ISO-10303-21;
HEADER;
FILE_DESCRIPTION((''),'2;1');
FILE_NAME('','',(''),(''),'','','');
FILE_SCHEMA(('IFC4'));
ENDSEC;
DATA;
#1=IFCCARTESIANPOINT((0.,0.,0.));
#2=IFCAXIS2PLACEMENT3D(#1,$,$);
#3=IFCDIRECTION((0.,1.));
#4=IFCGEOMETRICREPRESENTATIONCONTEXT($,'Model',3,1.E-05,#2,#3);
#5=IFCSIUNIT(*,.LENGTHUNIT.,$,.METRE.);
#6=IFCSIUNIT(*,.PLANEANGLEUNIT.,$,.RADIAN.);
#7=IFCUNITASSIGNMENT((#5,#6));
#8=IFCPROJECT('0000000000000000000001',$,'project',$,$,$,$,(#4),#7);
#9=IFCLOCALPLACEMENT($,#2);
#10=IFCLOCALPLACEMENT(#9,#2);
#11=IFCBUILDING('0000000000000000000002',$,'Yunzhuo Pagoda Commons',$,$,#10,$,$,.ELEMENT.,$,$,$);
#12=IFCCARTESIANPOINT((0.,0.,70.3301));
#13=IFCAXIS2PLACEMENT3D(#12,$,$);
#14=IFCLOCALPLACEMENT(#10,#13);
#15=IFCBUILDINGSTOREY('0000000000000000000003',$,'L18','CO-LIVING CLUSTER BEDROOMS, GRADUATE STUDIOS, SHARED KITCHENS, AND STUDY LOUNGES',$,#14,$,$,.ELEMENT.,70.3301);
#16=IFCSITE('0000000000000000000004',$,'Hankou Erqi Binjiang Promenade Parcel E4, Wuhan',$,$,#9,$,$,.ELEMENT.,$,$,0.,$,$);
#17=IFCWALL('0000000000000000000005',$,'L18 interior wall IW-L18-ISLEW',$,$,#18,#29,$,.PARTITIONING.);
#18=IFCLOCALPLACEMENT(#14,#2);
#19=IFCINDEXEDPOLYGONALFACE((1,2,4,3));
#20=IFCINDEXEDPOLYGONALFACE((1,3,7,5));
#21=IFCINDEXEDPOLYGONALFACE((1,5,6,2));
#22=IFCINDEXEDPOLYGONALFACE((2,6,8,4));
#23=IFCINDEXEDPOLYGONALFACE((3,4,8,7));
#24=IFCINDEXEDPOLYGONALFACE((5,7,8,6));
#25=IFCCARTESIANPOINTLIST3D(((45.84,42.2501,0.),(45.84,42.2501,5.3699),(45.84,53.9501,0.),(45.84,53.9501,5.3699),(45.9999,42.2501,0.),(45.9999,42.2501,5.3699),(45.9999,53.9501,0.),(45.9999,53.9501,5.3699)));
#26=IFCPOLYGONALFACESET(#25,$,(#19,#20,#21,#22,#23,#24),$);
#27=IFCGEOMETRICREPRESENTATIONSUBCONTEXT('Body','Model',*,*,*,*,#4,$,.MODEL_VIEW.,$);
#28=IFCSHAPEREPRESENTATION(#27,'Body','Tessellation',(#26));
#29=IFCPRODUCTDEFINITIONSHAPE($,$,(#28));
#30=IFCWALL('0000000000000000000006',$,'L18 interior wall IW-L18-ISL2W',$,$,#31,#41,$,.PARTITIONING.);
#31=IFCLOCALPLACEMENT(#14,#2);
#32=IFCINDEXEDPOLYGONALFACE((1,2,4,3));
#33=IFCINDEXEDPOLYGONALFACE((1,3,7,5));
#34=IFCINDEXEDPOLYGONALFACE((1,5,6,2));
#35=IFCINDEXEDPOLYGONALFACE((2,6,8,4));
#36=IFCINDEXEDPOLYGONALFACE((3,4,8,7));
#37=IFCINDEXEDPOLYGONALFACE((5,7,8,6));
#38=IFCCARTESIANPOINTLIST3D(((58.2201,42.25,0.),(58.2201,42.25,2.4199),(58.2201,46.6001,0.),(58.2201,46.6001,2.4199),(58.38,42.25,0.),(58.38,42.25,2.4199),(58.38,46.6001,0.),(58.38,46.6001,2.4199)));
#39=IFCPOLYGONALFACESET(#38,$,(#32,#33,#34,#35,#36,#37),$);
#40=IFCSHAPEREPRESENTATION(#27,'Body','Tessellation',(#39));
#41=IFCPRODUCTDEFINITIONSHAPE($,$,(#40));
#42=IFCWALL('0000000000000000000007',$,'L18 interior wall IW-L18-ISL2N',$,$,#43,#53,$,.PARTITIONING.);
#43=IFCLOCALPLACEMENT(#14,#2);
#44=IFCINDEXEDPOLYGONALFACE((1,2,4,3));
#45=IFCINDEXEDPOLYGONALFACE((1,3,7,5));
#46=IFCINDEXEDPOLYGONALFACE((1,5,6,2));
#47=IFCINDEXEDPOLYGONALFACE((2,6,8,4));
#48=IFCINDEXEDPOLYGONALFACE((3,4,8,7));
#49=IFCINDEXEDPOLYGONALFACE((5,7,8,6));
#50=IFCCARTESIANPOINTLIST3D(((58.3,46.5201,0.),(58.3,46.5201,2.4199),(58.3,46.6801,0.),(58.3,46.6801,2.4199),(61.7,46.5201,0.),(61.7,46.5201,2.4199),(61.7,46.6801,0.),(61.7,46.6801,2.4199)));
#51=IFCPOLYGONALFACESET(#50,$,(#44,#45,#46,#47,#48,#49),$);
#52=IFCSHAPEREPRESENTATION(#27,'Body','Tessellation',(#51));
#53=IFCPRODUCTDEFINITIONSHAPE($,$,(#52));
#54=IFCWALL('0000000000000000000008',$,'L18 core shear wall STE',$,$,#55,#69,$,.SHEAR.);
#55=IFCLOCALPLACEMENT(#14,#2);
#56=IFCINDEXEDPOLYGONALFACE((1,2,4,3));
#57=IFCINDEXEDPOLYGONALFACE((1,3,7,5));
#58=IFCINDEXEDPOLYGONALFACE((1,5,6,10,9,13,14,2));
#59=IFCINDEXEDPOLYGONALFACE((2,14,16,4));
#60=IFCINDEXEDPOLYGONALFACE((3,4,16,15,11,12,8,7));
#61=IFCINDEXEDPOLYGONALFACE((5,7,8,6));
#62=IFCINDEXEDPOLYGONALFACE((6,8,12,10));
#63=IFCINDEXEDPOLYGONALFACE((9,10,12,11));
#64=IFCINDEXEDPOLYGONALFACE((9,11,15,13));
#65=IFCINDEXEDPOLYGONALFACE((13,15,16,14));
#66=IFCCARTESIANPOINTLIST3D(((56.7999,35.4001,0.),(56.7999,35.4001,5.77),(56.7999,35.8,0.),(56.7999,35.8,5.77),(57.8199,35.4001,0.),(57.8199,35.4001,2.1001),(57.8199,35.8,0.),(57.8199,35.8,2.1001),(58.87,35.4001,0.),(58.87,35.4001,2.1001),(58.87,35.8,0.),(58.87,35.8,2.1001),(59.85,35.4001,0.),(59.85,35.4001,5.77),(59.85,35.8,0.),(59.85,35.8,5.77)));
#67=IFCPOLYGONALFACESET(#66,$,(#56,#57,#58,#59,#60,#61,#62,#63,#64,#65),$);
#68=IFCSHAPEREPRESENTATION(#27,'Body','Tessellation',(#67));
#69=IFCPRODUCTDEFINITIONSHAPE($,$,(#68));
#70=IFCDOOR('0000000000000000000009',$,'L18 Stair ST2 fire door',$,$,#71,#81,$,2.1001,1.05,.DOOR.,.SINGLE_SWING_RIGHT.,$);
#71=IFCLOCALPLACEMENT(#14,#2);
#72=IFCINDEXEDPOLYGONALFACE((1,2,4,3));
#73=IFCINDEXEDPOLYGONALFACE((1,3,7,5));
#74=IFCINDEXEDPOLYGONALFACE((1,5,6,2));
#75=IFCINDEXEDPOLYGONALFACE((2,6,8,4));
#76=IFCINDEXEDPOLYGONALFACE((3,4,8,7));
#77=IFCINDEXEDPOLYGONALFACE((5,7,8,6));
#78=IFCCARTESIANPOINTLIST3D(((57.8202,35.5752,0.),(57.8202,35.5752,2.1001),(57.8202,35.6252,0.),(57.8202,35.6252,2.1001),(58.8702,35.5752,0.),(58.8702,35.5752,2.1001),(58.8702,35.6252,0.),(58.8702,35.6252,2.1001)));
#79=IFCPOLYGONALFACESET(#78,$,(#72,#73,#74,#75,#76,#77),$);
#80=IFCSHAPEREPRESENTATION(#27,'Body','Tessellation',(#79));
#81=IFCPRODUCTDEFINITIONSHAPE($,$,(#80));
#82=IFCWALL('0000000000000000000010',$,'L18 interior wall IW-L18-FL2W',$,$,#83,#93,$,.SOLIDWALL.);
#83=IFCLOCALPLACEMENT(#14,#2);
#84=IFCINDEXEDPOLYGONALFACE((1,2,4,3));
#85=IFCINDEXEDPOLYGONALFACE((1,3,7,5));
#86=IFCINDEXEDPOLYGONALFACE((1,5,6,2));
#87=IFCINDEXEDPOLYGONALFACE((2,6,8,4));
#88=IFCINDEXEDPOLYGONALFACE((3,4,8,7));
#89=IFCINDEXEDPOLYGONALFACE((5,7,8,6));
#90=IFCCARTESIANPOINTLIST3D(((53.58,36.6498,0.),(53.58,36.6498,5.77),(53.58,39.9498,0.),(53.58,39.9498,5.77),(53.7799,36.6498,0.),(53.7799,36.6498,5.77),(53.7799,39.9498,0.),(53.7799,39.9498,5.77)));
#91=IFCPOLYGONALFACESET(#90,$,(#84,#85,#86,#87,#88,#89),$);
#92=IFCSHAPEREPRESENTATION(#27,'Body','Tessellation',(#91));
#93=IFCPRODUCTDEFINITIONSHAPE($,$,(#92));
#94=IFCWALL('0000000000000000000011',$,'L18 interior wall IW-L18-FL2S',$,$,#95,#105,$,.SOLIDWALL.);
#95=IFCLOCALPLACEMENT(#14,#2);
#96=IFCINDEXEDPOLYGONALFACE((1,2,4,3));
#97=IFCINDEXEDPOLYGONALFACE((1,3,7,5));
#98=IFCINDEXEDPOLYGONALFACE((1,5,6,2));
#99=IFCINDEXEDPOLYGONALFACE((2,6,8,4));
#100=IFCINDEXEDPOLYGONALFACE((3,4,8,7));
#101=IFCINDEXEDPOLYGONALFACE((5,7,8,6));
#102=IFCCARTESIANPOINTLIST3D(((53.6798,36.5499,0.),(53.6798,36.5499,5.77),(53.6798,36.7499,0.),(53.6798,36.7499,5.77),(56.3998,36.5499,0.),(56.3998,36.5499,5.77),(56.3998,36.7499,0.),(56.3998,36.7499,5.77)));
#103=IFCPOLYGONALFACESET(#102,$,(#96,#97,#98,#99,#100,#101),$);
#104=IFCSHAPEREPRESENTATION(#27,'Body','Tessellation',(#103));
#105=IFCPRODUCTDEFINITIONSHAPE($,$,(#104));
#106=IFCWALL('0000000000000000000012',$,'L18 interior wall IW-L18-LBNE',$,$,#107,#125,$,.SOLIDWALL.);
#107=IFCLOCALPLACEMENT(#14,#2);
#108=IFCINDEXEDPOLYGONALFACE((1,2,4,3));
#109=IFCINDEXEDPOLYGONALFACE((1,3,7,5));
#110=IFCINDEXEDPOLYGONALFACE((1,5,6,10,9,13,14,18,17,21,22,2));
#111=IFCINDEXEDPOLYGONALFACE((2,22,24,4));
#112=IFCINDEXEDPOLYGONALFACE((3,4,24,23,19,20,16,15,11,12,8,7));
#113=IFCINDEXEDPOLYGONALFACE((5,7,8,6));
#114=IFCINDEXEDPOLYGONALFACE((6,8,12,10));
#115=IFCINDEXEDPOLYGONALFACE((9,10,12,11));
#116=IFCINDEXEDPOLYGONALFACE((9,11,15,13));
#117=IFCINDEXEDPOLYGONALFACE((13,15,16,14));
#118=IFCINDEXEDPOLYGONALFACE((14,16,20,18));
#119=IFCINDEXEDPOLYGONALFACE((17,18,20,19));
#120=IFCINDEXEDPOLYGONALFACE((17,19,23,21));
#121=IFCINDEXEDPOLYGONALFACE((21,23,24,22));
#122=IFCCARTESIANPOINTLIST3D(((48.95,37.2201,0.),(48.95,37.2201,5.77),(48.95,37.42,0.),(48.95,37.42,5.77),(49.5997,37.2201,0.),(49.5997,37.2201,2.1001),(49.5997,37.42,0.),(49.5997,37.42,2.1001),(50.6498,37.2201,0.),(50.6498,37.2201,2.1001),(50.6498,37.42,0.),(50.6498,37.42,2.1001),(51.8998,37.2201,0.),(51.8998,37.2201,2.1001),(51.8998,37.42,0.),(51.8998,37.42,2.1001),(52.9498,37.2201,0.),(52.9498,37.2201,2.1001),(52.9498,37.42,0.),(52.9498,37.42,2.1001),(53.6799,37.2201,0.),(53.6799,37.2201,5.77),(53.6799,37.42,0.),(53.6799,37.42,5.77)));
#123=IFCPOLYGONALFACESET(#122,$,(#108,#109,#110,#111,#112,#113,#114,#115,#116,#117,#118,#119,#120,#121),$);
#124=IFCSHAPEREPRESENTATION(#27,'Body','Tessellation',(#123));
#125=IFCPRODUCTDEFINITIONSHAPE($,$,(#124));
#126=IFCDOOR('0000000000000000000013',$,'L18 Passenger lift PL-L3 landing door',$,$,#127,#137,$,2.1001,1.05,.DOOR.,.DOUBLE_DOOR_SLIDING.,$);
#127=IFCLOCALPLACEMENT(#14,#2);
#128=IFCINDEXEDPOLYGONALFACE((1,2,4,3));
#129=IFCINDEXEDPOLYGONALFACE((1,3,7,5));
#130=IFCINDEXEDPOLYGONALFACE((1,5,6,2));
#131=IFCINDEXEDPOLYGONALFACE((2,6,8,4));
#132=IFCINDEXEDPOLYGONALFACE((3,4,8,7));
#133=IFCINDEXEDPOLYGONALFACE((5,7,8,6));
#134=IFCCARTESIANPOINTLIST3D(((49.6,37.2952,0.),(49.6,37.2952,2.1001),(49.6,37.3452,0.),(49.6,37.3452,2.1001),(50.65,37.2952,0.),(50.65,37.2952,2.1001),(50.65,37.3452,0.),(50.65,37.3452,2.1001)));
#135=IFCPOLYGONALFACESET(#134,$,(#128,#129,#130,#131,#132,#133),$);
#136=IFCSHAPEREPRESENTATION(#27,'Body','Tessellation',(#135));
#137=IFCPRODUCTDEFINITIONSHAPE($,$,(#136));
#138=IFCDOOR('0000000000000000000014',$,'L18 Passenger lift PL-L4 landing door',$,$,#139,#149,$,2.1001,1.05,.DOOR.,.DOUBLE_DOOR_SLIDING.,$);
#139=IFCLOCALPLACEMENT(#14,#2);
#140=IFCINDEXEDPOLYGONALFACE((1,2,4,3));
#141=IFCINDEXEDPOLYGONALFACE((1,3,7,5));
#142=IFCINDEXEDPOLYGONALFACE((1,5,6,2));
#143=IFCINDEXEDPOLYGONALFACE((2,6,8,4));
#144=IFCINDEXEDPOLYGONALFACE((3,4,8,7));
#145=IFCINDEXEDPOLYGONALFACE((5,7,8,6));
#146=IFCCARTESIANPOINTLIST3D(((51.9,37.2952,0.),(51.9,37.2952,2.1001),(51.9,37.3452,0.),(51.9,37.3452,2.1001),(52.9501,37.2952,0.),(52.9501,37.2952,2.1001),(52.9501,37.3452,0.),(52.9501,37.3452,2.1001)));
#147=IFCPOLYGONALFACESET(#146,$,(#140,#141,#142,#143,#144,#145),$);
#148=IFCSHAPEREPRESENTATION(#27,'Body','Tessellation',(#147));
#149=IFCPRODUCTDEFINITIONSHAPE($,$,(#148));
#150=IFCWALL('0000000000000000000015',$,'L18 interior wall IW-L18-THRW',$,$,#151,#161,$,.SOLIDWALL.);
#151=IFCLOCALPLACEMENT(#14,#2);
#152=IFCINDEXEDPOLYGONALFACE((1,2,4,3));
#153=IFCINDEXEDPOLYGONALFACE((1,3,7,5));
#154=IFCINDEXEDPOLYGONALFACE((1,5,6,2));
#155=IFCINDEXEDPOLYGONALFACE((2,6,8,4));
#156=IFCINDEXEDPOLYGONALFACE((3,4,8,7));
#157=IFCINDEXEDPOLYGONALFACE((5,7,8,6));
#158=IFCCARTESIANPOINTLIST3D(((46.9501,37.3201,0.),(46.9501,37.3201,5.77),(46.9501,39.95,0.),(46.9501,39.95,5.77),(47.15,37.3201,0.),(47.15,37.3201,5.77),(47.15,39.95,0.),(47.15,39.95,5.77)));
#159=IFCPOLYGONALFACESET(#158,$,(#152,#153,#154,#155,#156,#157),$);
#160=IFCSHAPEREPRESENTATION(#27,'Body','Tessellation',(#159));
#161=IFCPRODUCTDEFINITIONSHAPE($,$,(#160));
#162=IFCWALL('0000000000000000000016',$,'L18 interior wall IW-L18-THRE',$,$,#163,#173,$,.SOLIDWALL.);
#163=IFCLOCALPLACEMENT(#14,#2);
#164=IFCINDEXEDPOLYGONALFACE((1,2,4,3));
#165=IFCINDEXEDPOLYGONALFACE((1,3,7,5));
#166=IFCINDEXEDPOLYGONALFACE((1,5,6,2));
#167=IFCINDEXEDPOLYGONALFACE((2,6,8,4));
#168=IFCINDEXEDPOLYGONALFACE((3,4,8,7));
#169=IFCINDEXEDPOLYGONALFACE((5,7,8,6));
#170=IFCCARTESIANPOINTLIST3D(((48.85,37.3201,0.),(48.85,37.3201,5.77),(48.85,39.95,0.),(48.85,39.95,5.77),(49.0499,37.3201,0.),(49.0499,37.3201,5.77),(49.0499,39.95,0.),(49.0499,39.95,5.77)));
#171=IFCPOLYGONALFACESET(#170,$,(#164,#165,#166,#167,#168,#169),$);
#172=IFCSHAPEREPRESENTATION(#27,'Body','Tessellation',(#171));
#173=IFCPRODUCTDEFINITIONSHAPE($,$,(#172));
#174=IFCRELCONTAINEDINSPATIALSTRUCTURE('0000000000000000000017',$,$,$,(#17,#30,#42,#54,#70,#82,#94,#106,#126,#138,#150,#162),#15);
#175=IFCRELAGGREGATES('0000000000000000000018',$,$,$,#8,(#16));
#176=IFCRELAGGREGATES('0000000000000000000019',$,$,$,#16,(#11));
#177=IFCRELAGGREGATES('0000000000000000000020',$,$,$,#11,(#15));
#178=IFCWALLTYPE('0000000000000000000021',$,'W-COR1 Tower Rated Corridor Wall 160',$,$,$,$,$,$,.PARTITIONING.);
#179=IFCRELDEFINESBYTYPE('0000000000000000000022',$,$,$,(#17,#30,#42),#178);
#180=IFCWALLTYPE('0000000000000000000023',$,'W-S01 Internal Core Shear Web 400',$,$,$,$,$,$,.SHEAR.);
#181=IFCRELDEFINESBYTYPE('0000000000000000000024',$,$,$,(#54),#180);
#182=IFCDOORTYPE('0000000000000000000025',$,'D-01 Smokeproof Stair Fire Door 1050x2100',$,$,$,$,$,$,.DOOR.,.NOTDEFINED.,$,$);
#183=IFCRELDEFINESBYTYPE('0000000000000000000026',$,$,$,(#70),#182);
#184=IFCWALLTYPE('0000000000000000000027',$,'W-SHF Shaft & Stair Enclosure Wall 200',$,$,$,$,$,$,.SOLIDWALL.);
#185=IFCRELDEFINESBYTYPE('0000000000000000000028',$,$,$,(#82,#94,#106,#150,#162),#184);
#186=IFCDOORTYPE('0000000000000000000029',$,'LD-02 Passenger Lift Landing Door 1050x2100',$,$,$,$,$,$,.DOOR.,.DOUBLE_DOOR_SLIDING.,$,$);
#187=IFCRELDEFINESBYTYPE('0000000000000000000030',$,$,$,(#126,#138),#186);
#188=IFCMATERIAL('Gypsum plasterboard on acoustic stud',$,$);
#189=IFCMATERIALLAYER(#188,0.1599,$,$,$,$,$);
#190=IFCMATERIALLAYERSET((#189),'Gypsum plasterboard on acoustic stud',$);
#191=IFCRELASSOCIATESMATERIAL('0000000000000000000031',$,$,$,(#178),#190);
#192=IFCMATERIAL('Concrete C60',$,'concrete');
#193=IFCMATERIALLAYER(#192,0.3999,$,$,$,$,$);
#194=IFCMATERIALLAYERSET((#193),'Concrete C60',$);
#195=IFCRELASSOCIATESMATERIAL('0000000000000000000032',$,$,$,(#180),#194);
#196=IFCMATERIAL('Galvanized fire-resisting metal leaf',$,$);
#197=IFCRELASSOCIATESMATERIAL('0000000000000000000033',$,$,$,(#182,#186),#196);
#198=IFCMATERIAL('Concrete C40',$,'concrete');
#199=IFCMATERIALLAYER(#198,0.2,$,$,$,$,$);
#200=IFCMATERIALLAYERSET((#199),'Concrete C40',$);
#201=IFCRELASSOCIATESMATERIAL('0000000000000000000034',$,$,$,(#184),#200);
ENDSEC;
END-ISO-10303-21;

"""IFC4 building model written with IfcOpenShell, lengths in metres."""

from ifc_helpers import new_model, si_unit, direction, frame, frame_2d, origin, place, context, subcontext, project, spatial, rectangle, extrude, source, transform, mapped, material, layer, layer_set, type_object, element, fill, save


model = new_model("IFC4")

# Units and contexts
model_context = context("Model", 3, precision=1e-05, world=origin(), true_north=direction((0.0, 1.0)))
body_context = subcontext(model_context, "Body", "Model", "MODEL_VIEW")
ifc_project = project(units=[si_unit("LENGTHUNIT", "METRE"), si_unit("PLANEANGLEUNIT", "RADIAN")], contexts=[model_context])

# Site, building, storey
site_placement = place(None, origin())
site = spatial("IfcSite", under=ifc_project, at=site_placement, Name="Hankou Erqi Binjiang Promenade Parcel E4, Wuhan", CompositionType="ELEMENT", RefElevation=0.0)
building_placement = place(site_placement, origin())
building = spatial("IfcBuilding", under=site, at=building_placement, Name="Yunzhuo Pagoda Commons", CompositionType="ELEMENT")
storey_placement = place(building_placement, frame((0.0, 0.0, 70.3301)))
storey = spatial("IfcBuildingStorey", under=building, at=storey_placement, Name="L18", Description="CO-LIVING CLUSTER BEDROOMS, GRADUATE STUDIOS, SHARED KITCHENS, AND STUDY LOUNGES", CompositionType="ELEMENT", Elevation=70.3301)

# Shared definitions
ifc_material_1 = material(Name="Concrete C60", Category="concrete")
ifc_material_2 = material(Name="Galvanized fire-resisting metal leaf")
shared_shape_1 = source(origin(), body_context, "Body", "SweptSolid", [
    extrude(rectangle(XDim=1.05, YDim=2.1001, at=frame_2d((0.5249, 1.05))), frame((0.0, 0.0249, 0.0), z_axis=(0.0, -1.0, 0.0), x_axis=(1.0, 0.0, 0.0)), (0.0, 0.0, 1.0), 0.05),
])

# Shared definitions
ifc_material_3 = material(Name="Gypsum plasterboard on acoustic stud")
ifc_layer_1 = layer(ifc_material_3, 0.1599)
ifc_layer_set_1 = layer_set([ifc_layer_1], Name="Gypsum plasterboard on acoustic stud")
wall_type_1 = type_object("IfcWallType", Name="W-COR1 Tower Rated Corridor Wall 160", PredefinedType="PARTITIONING", material=ifc_layer_set_1)

# Walls
wall_1_placement = place(storey_placement, frame((45.9199, 42.25, 0.0), z_axis=(0.0, 0.0, 1.0), x_axis=(0.0, 1.0, 0.0)))
element("IfcWall", 1, at=wall_1_placement, inside=storey, type_object=wall_type_1, Name="L18 interior wall IW-L18-ISLEW", PredefinedType="PARTITIONING", context=body_context, shape_type="SweptSolid", body=[
    extrude(rectangle(XDim=11.7, YDim=0.1599, at=frame_2d((5.8501, 0.0))), origin(), (0.0, 0.0, 1.0), 5.3699),
])
wall_2_placement = place(storey_placement, frame((58.3, 42.25, 0.0), z_axis=(0.0, 0.0, 1.0), x_axis=(0.0, 1.0, 0.0)))
element("IfcWall", 2, at=wall_2_placement, inside=storey, type_object=wall_type_1, Name="L18 interior wall IW-L18-ISL2W", PredefinedType="PARTITIONING", context=body_context, shape_type="SweptSolid", body=[
    extrude(rectangle(XDim=4.3501, YDim=0.1599, at=frame_2d((2.175, 0.0))), origin(), (0.0, 0.0, 1.0), 2.4199),
])
wall_3_placement = place(storey_placement, frame((58.3, 46.6001, 0.0), z_axis=(0.0, 0.0, 1.0), x_axis=(1.0, 0.0, 0.0)))
element("IfcWall", 3, at=wall_3_placement, inside=storey, type_object=wall_type_1, Name="L18 interior wall IW-L18-ISL2N", PredefinedType="PARTITIONING", context=body_context, shape_type="SweptSolid", body=[
    extrude(rectangle(XDim=3.3999, YDim=0.1599, at=frame_2d((1.7, 0.0))), origin(), (0.0, 0.0, 1.0), 2.4199),
])

# Wall, opening, door
ifc_layer_2 = layer(ifc_material_1, 0.3999)
ifc_layer_set_2 = layer_set([ifc_layer_2], Name="Concrete C60")
wall_type_2 = type_object("IfcWallType", Name="W-S01 Internal Core Shear Web 400", PredefinedType="SHEAR", material=ifc_layer_set_2)
wall_4_placement = place(storey_placement, frame((56.8, 35.6001, 0.0), z_axis=(0.0, 0.0, 1.0), x_axis=(1.0, 0.0, 0.0)))
wall_4 = element("IfcWall", 4, at=wall_4_placement, inside=storey, type_object=wall_type_2, Name="L18 core shear wall STE", PredefinedType="SHEAR", context=body_context, shape_type="SweptSolid", body=[
    extrude(rectangle(XDim=3.05, YDim=0.3999, at=frame_2d((1.5249, 0.0))), origin(), (0.0, 0.0, 1.0), 5.77),
])
opening_1_placement = place(wall_4_placement, frame((1.02, 0.0, 0.0)))
opening_1 = element("IfcOpeningElement", 5, at=opening_1_placement, cuts=wall_4, PredefinedType="OPENING", context=body_context, shape_type="SweptSolid", body=[
    extrude(rectangle(XDim=1.05, YDim=2.1001, at=frame_2d((0.5249, 1.05))), frame((0.0, 0.21, 0.0), z_axis=(0.0, -1.0, 0.0), x_axis=(1.0, 0.0, 0.0)), (0.0, 0.0, 1.0), 0.4199),
])
door_type_1 = type_object("IfcDoorType", Name="D-01 Smokeproof Stair Fire Door 1050x2100", OperationType="NOTDEFINED", PredefinedType="DOOR", material=ifc_material_2)
door_1_placement = place(opening_1_placement, frame((1.05, 0.0, 0.0), z_axis=(0.0, 0.0, 1.0), x_axis=(-1.0, 0.0, 0.0)))
door_1 = element("IfcDoor", 6, at=door_1_placement, inside=storey, type_object=door_type_1, Name="L18 Stair ST2 fire door", OperationType="SINGLE_SWING_RIGHT", OverallHeight=2.1001, OverallWidth=1.05, PredefinedType="DOOR", context=body_context, shape_type="MappedRepresentation", body=[
    mapped(shared_shape_1, transform((0.0, 0.0, 0.0), scale=1.0)),
])
fill(opening_1, door_1)

# Walls
ifc_material_4 = material(Name="Concrete C40", Category="concrete")
ifc_layer_3 = layer(ifc_material_4, 0.2)
ifc_layer_set_3 = layer_set([ifc_layer_3], Name="Concrete C40")
wall_type_3 = type_object("IfcWallType", Name="W-SHF Shaft & Stair Enclosure Wall 200", PredefinedType="SOLIDWALL", material=ifc_layer_set_3)
wall_5_placement = place(storey_placement, frame((53.6799, 36.6499, 0.0), z_axis=(0.0, 0.0, 1.0), x_axis=(0.0, 1.0, 0.0)))
element("IfcWall", 7, at=wall_5_placement, inside=storey, type_object=wall_type_3, Name="L18 interior wall IW-L18-FL2W", PredefinedType="SOLIDWALL", context=body_context, shape_type="SweptSolid", body=[
    extrude(rectangle(XDim=3.3, YDim=0.2, at=frame_2d((1.6499, 0.0))), origin(), (0.0, 0.0, 1.0), 5.77),
])
wall_6_placement = place(storey_placement, frame((53.6799, 36.6499, 0.0), z_axis=(0.0, 0.0, 1.0), x_axis=(1.0, 0.0, 0.0)))
element("IfcWall", 8, at=wall_6_placement, inside=storey, type_object=wall_type_3, Name="L18 interior wall IW-L18-FL2S", PredefinedType="SOLIDWALL", context=body_context, shape_type="SweptSolid", body=[
    extrude(rectangle(XDim=2.72, YDim=0.2, at=frame_2d((1.3599, 0.0))), origin(), (0.0, 0.0, 1.0), 5.77),
])

# Wall, openings, doors
wall_7_placement = place(storey_placement, frame((48.95, 37.3201, 0.0), z_axis=(0.0, 0.0, 1.0), x_axis=(1.0, 0.0, 0.0)))
wall_7 = element("IfcWall", 9, at=wall_7_placement, inside=storey, type_object=wall_type_3, Name="L18 interior wall IW-L18-LBNE", PredefinedType="SOLIDWALL", context=body_context, shape_type="SweptSolid", body=[
    extrude(rectangle(XDim=4.73, YDim=0.2, at=frame_2d((2.365, 0.0))), origin(), (0.0, 0.0, 1.0), 5.77),
])
opening_2_placement = place(wall_7_placement, frame((0.6499, 0.0, 0.0)))
opening_2 = element("IfcOpeningElement", 10, at=opening_2_placement, cuts=wall_7, PredefinedType="OPENING", context=body_context, shape_type="SweptSolid", body=[
    extrude(rectangle(XDim=1.05, YDim=2.1001, at=frame_2d((0.5249, 1.05))), frame((0.0, 0.1099, 0.0), z_axis=(0.0, -1.0, 0.0), x_axis=(1.0, 0.0, 0.0)), (0.0, 0.0, 1.0), 0.22),
])
opening_3_placement = place(wall_7_placement, frame((2.95, 0.0, 0.0)))
opening_3 = element("IfcOpeningElement", 11, at=opening_3_placement, cuts=wall_7, PredefinedType="OPENING", context=body_context, shape_type="SweptSolid", body=[
    extrude(rectangle(XDim=1.05, YDim=2.1001, at=frame_2d((0.5249, 1.05))), frame((0.0, 0.1099, 0.0), z_axis=(0.0, -1.0, 0.0), x_axis=(1.0, 0.0, 0.0)), (0.0, 0.0, 1.0), 0.22),
])
door_type_2 = type_object("IfcDoorType", Name="LD-02 Passenger Lift Landing Door 1050x2100", OperationType="DOUBLE_DOOR_SLIDING", PredefinedType="DOOR", material=ifc_material_2)
door_2_placement = place(opening_2_placement, frame((1.05, 0.0, 0.0), z_axis=(0.0, 0.0, 1.0), x_axis=(-1.0, 0.0, 0.0)))
door_2 = element("IfcDoor", 12, at=door_2_placement, inside=storey, type_object=door_type_2, Name="L18 Passenger lift PL-L3 landing door", OperationType="DOUBLE_DOOR_SLIDING", OverallHeight=2.1001, OverallWidth=1.05, PredefinedType="DOOR", context=body_context, shape_type="MappedRepresentation", body=[
    mapped(shared_shape_1, transform((0.0, 0.0, 0.0), scale=1.0)),
])
fill(opening_2, door_2)
door_3_placement = place(opening_3_placement, frame((1.05, 0.0, 0.0), z_axis=(0.0, 0.0, 1.0), x_axis=(-1.0, 0.0, 0.0)))
door_3 = element("IfcDoor", 13, at=door_3_placement, inside=storey, type_object=door_type_2, Name="L18 Passenger lift PL-L4 landing door", OperationType="DOUBLE_DOOR_SLIDING", OverallHeight=2.1001, OverallWidth=1.05, PredefinedType="DOOR", context=body_context, shape_type="MappedRepresentation", body=[
    mapped(shared_shape_1, transform((0.0, 0.0, 0.0), scale=1.0)),
])
fill(opening_3, door_3)

# Walls
for number, where, z_axis, x_axis, name in (
    (14, (47.05, 37.3201, 0.0), (0.0, 0.0, 1.0), (0.0, 1.0, 0.0), "L18 interior wall IW-L18-THRW"),
    (15, (48.95, 37.3201, 0.0), (0.0, 0.0, 1.0), (0.0, 1.0, 0.0), "L18 interior wall IW-L18-THRE"),
):
    element("IfcWall", number, at=place(storey_placement, frame(where, z_axis=z_axis, x_axis=x_axis)), inside=storey, type_object=wall_type_3, Name=name, PredefinedType="SOLIDWALL", context=body_context, shape_type="SweptSolid", body=[
        extrude(rectangle(XDim=2.6299, YDim=0.2, at=frame_2d((1.3149, 0.0))), origin(), (0.0, 0.0, 1.0), 5.77),
    ])

save(model, "model.ifc")
